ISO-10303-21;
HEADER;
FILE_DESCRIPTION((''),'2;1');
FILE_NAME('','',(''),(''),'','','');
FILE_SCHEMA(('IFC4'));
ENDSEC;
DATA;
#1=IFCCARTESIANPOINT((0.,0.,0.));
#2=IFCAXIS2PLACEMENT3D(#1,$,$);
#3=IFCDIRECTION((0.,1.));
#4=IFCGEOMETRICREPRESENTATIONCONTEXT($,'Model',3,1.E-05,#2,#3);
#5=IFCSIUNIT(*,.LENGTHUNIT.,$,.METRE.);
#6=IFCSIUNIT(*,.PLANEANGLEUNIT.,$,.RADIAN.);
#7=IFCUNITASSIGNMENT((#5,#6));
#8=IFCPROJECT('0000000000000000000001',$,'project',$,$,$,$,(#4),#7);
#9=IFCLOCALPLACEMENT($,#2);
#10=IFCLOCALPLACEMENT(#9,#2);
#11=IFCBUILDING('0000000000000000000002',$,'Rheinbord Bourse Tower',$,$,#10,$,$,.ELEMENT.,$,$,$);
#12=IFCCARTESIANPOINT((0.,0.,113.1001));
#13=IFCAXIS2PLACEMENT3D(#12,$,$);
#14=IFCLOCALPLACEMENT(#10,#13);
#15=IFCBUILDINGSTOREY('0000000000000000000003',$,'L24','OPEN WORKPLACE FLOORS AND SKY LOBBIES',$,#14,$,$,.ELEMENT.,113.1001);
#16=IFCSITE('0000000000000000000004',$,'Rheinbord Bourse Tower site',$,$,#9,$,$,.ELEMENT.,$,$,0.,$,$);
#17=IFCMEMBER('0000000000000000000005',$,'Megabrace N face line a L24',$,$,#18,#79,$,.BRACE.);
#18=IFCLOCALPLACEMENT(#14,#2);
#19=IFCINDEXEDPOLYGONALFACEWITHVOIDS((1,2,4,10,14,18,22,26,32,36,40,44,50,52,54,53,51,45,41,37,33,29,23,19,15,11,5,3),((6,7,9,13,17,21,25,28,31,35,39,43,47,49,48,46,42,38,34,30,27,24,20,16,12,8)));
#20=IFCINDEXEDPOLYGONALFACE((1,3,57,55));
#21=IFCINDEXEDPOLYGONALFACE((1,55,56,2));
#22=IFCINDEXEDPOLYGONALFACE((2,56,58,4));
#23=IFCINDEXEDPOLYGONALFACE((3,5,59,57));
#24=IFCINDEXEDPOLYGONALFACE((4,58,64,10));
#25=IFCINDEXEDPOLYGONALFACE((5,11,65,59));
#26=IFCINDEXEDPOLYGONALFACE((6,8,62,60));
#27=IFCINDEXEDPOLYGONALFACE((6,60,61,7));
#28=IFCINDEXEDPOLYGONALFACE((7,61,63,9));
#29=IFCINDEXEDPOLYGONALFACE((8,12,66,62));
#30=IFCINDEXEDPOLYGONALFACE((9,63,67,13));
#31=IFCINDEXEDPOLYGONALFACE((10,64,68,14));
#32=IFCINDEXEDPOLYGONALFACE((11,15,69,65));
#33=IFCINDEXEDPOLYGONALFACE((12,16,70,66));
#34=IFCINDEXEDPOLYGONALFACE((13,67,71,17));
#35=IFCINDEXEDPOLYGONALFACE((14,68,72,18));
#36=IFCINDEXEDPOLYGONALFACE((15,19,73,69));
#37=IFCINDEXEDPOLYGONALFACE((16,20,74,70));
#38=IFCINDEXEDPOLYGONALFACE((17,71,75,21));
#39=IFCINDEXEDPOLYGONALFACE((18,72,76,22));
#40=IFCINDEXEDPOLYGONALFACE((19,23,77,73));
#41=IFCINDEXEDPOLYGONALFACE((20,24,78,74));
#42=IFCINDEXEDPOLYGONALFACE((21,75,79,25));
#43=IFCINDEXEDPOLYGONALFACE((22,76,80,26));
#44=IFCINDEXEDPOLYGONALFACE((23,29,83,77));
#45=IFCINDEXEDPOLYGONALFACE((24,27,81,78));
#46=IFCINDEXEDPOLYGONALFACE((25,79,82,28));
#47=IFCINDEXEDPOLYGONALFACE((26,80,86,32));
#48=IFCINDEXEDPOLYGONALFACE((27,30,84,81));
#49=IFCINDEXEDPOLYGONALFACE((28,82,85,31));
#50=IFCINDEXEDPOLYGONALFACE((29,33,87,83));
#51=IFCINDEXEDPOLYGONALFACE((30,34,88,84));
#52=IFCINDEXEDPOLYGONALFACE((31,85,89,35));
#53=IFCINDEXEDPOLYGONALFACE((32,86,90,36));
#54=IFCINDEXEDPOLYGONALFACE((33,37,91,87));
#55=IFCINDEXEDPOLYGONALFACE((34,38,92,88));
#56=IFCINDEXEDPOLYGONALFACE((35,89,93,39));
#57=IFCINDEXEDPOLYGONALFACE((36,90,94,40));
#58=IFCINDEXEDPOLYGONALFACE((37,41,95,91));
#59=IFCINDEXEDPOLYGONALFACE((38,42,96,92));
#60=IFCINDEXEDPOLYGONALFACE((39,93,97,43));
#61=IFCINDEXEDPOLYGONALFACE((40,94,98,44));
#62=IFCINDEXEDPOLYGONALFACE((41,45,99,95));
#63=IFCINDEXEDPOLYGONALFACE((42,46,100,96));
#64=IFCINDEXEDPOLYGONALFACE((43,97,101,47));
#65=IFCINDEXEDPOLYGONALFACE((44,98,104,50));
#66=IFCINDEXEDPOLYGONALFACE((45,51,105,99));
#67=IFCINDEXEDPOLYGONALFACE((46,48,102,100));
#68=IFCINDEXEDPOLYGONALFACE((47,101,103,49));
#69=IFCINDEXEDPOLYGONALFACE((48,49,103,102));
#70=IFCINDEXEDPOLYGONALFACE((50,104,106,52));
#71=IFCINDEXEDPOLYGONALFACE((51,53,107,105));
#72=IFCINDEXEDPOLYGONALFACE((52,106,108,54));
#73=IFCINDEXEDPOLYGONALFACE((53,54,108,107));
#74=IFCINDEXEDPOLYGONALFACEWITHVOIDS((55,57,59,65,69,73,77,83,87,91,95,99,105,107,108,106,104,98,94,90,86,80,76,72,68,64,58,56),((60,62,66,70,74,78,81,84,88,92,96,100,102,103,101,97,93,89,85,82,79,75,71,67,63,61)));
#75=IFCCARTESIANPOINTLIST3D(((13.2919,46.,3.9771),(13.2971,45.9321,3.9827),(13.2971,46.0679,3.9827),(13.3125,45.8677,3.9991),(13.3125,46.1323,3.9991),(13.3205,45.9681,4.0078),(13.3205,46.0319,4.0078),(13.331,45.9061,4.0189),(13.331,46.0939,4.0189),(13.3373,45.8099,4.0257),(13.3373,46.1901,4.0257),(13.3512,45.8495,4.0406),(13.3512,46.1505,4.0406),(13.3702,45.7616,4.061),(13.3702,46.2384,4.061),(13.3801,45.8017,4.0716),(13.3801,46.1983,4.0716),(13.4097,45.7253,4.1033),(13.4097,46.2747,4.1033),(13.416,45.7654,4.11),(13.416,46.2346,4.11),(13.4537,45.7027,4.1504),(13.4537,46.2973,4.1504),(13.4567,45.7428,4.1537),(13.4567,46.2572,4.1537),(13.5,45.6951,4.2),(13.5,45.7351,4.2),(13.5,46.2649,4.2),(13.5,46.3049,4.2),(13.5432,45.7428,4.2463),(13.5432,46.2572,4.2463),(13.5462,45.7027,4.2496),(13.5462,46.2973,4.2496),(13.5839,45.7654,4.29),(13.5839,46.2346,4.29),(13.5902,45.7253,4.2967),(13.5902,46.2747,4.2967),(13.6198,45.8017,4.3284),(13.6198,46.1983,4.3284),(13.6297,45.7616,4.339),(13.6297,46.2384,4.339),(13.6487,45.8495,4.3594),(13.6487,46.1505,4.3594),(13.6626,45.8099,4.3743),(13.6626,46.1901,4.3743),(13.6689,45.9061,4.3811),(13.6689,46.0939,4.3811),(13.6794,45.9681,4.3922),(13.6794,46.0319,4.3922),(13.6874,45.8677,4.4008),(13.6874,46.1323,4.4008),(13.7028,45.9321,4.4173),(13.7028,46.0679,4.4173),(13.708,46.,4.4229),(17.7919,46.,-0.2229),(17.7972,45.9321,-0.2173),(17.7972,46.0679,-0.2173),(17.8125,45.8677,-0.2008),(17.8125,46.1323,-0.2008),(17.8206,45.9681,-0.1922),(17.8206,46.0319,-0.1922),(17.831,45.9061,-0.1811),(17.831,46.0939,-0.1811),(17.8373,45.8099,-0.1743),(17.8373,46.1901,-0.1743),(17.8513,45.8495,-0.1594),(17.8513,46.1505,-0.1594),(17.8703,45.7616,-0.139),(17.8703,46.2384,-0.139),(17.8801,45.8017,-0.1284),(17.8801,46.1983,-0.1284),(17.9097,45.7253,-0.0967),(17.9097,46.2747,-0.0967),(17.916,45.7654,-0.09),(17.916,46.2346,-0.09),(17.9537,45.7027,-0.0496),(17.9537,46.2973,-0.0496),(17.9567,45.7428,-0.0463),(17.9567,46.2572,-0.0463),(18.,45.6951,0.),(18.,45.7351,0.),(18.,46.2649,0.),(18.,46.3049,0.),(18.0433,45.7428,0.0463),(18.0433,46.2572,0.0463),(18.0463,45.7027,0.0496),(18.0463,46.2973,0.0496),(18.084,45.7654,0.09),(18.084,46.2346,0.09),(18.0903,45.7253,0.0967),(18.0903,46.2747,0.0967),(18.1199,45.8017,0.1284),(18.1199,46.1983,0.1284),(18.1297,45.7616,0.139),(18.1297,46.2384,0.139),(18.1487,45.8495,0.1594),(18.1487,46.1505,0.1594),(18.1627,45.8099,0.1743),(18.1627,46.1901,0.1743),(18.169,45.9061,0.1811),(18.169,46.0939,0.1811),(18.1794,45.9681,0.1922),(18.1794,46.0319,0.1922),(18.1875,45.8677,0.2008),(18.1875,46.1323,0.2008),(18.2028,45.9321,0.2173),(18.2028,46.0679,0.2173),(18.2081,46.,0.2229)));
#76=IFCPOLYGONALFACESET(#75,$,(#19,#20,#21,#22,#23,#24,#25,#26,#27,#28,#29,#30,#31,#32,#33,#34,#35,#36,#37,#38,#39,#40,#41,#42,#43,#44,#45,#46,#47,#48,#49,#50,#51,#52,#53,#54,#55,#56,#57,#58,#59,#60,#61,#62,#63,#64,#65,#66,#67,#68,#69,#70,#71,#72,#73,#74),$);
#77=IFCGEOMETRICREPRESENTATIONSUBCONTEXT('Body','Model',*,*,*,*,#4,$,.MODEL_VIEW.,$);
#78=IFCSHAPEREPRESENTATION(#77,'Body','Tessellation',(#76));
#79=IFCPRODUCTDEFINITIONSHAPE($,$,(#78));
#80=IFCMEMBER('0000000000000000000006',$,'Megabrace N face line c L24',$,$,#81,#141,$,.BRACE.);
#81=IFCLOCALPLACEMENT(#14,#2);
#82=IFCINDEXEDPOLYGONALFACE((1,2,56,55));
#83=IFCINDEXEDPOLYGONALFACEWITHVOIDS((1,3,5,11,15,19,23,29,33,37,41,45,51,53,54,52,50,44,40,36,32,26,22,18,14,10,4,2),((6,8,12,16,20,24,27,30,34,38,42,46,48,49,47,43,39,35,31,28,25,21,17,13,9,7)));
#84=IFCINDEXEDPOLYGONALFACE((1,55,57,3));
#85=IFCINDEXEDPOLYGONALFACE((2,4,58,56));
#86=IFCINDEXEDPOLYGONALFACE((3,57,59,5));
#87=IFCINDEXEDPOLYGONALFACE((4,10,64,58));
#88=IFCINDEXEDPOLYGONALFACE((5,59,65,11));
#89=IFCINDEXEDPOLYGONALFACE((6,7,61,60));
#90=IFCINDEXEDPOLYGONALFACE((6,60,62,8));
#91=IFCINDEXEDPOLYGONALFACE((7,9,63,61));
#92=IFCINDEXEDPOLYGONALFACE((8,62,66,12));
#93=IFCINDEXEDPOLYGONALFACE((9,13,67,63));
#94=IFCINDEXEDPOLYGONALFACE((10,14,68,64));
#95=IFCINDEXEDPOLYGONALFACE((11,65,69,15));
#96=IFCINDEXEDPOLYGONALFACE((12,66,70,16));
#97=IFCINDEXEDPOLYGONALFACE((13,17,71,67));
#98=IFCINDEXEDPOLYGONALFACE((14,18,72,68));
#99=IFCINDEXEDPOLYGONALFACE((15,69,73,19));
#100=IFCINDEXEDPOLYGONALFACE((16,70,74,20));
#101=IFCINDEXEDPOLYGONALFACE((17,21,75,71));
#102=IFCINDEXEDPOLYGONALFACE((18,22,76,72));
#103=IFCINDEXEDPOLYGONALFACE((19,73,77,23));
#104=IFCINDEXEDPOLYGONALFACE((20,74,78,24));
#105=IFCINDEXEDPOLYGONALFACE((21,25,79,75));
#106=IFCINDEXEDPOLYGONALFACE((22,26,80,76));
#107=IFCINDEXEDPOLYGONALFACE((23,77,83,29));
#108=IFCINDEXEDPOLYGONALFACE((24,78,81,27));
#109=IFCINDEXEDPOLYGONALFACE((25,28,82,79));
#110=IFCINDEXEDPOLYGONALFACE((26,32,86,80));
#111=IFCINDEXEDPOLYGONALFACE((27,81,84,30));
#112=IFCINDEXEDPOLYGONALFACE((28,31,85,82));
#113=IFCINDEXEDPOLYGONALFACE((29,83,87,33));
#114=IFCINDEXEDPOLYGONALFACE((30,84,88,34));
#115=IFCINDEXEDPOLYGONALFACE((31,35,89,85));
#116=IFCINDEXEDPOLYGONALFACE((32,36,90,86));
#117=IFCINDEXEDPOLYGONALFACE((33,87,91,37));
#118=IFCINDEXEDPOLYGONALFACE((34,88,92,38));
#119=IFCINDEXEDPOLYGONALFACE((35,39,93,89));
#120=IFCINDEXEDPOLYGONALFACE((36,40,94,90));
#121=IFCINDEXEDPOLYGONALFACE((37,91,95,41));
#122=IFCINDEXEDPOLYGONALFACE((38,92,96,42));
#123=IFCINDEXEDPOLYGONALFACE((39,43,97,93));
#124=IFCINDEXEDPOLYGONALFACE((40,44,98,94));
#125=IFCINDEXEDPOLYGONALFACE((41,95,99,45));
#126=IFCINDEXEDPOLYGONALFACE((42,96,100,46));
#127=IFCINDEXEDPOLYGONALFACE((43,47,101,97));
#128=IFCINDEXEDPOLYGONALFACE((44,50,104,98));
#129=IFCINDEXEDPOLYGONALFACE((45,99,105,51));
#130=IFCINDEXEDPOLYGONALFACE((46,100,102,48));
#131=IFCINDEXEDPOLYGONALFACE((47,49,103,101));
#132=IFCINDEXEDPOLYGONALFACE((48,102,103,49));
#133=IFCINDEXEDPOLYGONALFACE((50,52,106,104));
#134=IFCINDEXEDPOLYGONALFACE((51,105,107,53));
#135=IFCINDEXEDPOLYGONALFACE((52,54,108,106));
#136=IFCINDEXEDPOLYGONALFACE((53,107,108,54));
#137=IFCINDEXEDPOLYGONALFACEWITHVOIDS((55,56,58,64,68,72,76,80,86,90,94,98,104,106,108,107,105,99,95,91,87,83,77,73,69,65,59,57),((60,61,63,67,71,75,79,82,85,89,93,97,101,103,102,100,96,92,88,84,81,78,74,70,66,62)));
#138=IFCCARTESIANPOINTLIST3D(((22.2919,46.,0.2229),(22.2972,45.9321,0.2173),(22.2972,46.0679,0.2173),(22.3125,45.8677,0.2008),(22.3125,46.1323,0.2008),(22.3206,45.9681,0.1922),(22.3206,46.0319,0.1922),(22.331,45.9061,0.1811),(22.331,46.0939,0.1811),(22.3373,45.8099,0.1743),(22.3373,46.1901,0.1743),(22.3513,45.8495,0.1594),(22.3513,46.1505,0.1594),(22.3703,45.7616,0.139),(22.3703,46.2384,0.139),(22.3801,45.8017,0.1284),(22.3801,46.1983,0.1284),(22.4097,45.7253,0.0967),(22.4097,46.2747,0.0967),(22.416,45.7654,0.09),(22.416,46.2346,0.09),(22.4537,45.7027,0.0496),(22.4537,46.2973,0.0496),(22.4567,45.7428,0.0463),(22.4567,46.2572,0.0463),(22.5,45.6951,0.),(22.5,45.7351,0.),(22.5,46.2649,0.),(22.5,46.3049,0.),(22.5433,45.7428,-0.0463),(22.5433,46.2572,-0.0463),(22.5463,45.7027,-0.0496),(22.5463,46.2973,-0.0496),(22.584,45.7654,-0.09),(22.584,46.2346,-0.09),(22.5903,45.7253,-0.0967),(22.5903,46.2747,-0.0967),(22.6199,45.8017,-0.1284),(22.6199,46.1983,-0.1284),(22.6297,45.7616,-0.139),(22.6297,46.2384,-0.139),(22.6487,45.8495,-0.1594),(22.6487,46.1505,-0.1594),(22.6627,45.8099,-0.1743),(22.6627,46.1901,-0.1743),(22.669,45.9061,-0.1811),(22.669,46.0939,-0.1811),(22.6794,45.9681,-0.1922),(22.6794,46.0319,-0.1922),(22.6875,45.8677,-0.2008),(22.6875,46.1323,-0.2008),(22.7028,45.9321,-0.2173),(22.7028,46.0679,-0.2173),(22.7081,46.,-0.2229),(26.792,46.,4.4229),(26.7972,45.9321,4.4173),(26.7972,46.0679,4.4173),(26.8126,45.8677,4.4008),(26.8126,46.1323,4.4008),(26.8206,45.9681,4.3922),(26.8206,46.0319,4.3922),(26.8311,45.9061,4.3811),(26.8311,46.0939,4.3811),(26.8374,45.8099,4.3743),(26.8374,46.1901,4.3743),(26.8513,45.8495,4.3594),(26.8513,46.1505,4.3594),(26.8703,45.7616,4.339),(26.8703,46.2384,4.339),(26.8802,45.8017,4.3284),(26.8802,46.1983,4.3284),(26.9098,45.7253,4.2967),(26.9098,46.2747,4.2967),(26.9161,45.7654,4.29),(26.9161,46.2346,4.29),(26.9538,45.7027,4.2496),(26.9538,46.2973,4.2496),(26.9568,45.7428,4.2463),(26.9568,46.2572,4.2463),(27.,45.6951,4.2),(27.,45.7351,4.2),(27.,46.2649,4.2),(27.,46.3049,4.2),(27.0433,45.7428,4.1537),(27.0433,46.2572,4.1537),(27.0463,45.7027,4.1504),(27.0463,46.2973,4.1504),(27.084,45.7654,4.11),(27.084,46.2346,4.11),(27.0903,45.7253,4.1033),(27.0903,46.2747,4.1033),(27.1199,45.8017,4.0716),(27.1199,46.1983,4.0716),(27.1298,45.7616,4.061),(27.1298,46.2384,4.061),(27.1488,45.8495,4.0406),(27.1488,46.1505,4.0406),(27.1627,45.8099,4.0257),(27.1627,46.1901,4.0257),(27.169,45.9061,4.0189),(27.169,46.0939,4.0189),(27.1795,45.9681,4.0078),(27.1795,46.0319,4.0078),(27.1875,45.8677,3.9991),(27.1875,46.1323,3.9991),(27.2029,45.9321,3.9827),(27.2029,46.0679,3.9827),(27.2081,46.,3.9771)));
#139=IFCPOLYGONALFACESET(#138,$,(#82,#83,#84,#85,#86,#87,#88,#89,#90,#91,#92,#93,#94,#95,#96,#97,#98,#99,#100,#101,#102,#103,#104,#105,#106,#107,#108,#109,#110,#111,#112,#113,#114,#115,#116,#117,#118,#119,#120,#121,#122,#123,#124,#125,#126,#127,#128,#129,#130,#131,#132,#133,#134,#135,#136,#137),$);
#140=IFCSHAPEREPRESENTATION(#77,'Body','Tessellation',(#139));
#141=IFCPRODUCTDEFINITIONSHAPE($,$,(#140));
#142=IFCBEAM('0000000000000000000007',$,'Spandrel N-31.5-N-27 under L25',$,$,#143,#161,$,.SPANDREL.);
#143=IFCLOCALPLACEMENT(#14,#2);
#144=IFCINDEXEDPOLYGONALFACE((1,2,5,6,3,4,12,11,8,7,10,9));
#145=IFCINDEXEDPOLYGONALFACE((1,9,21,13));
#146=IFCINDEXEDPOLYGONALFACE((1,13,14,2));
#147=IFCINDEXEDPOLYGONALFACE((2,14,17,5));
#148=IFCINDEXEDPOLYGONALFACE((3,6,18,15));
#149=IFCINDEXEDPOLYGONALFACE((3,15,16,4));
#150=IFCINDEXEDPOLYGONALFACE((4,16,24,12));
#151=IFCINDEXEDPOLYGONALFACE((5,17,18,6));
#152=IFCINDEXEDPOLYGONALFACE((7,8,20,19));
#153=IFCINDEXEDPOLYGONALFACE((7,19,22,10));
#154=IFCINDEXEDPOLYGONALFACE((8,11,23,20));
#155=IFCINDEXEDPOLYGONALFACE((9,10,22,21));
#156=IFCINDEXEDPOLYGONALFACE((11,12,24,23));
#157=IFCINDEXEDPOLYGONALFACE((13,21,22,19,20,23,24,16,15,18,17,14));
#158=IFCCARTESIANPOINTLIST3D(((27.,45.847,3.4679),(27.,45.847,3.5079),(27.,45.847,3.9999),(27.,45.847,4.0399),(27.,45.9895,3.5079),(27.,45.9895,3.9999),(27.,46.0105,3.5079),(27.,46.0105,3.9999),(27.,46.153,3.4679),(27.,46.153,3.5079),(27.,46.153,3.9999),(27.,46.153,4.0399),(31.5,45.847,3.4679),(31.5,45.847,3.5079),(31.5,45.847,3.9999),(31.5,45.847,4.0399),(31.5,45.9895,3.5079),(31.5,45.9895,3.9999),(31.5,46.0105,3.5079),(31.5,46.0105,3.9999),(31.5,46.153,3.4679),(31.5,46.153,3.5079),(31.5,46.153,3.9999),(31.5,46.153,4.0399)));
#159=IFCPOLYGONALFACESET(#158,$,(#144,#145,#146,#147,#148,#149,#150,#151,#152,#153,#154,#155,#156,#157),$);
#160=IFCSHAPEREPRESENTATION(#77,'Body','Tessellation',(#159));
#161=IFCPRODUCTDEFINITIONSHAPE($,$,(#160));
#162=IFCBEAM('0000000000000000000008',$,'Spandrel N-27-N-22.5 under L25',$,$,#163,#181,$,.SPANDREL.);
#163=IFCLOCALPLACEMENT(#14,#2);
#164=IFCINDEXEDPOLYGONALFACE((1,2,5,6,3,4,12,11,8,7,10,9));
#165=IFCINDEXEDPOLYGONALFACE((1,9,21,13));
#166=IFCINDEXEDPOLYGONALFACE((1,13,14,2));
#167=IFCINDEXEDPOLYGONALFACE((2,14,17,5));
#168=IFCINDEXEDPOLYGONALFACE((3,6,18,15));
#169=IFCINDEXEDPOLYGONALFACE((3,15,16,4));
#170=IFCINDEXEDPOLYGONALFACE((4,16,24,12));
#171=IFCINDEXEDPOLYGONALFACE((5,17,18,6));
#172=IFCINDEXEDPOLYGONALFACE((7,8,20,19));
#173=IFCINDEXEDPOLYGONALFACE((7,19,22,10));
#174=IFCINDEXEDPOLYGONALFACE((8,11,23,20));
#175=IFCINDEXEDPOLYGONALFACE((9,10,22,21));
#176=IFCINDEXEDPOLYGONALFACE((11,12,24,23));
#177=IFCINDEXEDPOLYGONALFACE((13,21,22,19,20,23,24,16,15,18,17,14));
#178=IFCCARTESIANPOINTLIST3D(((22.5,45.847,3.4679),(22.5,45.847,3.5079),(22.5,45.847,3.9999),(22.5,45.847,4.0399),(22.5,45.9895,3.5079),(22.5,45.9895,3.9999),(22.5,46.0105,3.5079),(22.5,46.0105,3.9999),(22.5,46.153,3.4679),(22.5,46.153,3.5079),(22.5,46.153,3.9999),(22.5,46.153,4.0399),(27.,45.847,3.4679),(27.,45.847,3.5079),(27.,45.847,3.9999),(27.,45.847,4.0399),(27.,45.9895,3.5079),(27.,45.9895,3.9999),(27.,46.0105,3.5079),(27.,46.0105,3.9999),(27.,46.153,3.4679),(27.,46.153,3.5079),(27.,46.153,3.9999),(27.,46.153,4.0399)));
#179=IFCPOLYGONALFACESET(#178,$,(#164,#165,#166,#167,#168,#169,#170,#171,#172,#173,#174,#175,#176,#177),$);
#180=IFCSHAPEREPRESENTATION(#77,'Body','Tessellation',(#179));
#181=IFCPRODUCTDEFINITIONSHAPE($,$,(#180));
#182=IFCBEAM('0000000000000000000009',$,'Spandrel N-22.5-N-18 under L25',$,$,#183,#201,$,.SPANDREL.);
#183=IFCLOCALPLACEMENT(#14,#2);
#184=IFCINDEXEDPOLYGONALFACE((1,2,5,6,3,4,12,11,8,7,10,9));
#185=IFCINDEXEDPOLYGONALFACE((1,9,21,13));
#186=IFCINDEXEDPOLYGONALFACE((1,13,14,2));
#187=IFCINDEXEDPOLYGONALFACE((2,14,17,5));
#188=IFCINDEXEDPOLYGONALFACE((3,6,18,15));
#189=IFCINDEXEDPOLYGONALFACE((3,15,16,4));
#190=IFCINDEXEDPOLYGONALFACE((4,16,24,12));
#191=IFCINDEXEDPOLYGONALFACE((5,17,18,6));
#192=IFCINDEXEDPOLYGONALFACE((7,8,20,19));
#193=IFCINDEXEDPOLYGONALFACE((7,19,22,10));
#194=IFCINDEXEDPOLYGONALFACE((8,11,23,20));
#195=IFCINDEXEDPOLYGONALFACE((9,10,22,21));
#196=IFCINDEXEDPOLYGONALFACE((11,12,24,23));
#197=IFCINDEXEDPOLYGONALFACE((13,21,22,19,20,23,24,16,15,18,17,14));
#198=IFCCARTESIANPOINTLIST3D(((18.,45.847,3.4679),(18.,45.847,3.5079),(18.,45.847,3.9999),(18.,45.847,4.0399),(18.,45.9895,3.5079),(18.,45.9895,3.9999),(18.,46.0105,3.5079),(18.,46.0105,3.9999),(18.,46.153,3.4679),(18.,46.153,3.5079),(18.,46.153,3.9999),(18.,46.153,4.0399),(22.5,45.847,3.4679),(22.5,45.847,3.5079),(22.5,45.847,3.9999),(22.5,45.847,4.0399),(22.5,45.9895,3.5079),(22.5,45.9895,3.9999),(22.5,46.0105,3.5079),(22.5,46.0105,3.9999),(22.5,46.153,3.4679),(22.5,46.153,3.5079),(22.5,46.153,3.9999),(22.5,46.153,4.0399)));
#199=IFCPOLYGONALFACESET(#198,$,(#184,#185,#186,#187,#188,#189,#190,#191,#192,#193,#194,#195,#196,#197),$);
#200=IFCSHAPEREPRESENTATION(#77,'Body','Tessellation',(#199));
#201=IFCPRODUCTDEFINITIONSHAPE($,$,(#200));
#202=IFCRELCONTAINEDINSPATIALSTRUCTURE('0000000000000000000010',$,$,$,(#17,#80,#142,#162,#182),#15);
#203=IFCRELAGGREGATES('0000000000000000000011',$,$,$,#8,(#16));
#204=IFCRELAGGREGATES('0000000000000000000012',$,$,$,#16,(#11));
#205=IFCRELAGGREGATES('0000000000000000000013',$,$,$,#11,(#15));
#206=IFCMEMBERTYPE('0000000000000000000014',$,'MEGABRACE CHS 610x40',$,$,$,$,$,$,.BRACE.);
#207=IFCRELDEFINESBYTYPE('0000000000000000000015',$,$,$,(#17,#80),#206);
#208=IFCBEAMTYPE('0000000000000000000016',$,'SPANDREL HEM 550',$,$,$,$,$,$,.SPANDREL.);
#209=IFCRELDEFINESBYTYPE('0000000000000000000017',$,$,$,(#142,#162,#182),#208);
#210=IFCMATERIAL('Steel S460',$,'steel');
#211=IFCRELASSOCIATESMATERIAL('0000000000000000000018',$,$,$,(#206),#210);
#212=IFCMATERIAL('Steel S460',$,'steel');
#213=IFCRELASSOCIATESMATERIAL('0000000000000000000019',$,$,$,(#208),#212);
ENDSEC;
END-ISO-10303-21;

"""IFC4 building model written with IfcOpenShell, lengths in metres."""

from ifc_helpers import new_model, si_unit, direction, frame, origin, origin_2d, place, context, subcontext, project, spatial, hollow_circle, i_section, extrude, material, material_profile, profile_set, type_object, element, save


model = new_model("IFC4")

# Units and contexts
model_context = context("Model", 3, precision=1e-05, world=origin(), true_north=direction((0.0, 1.0)))
body_context = subcontext(model_context, "Body", "Model", "MODEL_VIEW")
ifc_project = project(units=[si_unit("LENGTHUNIT", "METRE"), si_unit("PLANEANGLEUNIT", "RADIAN")], contexts=[model_context])

# Site, building, storey
site_placement = place(None, origin())
site = spatial("IfcSite", under=ifc_project, at=site_placement, Name="Rheinbord Bourse Tower site", CompositionType="ELEMENT", RefElevation=0.0)
building_placement = place(site_placement, origin())
building = spatial("IfcBuilding", under=site, at=building_placement, Name="Rheinbord Bourse Tower", CompositionType="ELEMENT")
storey_placement = place(building_placement, frame((0.0, 0.0, 113.1001)))
storey = spatial("IfcBuildingStorey", under=building, at=storey_placement, Name="L24", Description="OPEN WORKPLACE FLOORS AND SKY LOBBIES", CompositionType="ELEMENT", Elevation=113.1001)

# Members
ifc_material_1 = material(Name="Steel S460", Category="steel")
ifc_material_profile_1 = material_profile(ifc_material_1, hollow_circle(Radius=0.3049, WallThickness=0.04, at=origin_2d()), Name="CHS 610x40")
ifc_profile_set_1 = profile_set([ifc_material_profile_1], Name="Steel S460")
member_type_1 = type_object("IfcMemberType", Name="MEGABRACE CHS 610x40", PredefinedType="BRACE", material=ifc_profile_set_1)
for number, where, z_axis, x_axis, name in (
    (1, (18.0, 46.0, 0.0), (-0.731059, 0.0, 0.682314), (0.0, -1.0, 0.0), "Megabrace N face line a L24"),
    (2, (22.5, 46.0, 0.0), (0.731059, 0.0, 0.682314), (0.0, 1.0, 0.0), "Megabrace N face line c L24"),
):
    element("IfcMember", number, at=place(storey_placement, frame(where, z_axis=z_axis, x_axis=x_axis)), inside=storey, type_object=member_type_1, Name=name, PredefinedType="BRACE", context=body_context, shape_type="SweptSolid", body=[
        extrude(hollow_circle(Radius=0.3049, WallThickness=0.04, at=origin_2d()), origin(), (0.0, 0.0, 1.0), 6.1555),
    ])

# Beams
ifc_material_2 = material(Name="Steel S460", Category="steel")
ifc_material_profile_2 = material_profile(ifc_material_2, i_section(OverallWidth=0.3059, OverallDepth=0.572, WebThickness=0.021, FlangeThickness=0.04, at=origin_2d()), Name="HEM 550")
ifc_profile_set_2 = profile_set([ifc_material_profile_2], Name="Steel S460")
beam_type_1 = type_object("IfcBeamType", Name="SPANDREL HEM 550", PredefinedType="SPANDREL", material=ifc_profile_set_2)
for number, where, z_axis, x_axis, name in (
    (3, (31.5, 46.0, 3.7539), (-1.0, 0.0, 0.0), (0.0, -1.0, 0.0), "Spandrel N-31.5-N-27 under L25"),
    (4, (27.0, 46.0, 3.7539), (-1.0, 0.0, 0.0), (0.0, -1.0, 0.0), "Spandrel N-27-N-22.5 under L25"),
    (5, (22.5, 46.0, 3.7539), (-1.0, 0.0, 0.0), (0.0, -1.0, 0.0), "Spandrel N-22.5-N-18 under L25"),
):
    element("IfcBeam", number, at=place(storey_placement, frame(where, z_axis=z_axis, x_axis=x_axis)), inside=storey, type_object=beam_type_1, Name=name, PredefinedType="SPANDREL", context=body_context, shape_type="SweptSolid", body=[
        extrude(i_section(OverallWidth=0.3059, OverallDepth=0.572, WebThickness=0.021, FlangeThickness=0.04, at=origin_2d()), origin(), (0.0, 0.0, 1.0), 4.5),
    ])

save(model, "model.ifc")
